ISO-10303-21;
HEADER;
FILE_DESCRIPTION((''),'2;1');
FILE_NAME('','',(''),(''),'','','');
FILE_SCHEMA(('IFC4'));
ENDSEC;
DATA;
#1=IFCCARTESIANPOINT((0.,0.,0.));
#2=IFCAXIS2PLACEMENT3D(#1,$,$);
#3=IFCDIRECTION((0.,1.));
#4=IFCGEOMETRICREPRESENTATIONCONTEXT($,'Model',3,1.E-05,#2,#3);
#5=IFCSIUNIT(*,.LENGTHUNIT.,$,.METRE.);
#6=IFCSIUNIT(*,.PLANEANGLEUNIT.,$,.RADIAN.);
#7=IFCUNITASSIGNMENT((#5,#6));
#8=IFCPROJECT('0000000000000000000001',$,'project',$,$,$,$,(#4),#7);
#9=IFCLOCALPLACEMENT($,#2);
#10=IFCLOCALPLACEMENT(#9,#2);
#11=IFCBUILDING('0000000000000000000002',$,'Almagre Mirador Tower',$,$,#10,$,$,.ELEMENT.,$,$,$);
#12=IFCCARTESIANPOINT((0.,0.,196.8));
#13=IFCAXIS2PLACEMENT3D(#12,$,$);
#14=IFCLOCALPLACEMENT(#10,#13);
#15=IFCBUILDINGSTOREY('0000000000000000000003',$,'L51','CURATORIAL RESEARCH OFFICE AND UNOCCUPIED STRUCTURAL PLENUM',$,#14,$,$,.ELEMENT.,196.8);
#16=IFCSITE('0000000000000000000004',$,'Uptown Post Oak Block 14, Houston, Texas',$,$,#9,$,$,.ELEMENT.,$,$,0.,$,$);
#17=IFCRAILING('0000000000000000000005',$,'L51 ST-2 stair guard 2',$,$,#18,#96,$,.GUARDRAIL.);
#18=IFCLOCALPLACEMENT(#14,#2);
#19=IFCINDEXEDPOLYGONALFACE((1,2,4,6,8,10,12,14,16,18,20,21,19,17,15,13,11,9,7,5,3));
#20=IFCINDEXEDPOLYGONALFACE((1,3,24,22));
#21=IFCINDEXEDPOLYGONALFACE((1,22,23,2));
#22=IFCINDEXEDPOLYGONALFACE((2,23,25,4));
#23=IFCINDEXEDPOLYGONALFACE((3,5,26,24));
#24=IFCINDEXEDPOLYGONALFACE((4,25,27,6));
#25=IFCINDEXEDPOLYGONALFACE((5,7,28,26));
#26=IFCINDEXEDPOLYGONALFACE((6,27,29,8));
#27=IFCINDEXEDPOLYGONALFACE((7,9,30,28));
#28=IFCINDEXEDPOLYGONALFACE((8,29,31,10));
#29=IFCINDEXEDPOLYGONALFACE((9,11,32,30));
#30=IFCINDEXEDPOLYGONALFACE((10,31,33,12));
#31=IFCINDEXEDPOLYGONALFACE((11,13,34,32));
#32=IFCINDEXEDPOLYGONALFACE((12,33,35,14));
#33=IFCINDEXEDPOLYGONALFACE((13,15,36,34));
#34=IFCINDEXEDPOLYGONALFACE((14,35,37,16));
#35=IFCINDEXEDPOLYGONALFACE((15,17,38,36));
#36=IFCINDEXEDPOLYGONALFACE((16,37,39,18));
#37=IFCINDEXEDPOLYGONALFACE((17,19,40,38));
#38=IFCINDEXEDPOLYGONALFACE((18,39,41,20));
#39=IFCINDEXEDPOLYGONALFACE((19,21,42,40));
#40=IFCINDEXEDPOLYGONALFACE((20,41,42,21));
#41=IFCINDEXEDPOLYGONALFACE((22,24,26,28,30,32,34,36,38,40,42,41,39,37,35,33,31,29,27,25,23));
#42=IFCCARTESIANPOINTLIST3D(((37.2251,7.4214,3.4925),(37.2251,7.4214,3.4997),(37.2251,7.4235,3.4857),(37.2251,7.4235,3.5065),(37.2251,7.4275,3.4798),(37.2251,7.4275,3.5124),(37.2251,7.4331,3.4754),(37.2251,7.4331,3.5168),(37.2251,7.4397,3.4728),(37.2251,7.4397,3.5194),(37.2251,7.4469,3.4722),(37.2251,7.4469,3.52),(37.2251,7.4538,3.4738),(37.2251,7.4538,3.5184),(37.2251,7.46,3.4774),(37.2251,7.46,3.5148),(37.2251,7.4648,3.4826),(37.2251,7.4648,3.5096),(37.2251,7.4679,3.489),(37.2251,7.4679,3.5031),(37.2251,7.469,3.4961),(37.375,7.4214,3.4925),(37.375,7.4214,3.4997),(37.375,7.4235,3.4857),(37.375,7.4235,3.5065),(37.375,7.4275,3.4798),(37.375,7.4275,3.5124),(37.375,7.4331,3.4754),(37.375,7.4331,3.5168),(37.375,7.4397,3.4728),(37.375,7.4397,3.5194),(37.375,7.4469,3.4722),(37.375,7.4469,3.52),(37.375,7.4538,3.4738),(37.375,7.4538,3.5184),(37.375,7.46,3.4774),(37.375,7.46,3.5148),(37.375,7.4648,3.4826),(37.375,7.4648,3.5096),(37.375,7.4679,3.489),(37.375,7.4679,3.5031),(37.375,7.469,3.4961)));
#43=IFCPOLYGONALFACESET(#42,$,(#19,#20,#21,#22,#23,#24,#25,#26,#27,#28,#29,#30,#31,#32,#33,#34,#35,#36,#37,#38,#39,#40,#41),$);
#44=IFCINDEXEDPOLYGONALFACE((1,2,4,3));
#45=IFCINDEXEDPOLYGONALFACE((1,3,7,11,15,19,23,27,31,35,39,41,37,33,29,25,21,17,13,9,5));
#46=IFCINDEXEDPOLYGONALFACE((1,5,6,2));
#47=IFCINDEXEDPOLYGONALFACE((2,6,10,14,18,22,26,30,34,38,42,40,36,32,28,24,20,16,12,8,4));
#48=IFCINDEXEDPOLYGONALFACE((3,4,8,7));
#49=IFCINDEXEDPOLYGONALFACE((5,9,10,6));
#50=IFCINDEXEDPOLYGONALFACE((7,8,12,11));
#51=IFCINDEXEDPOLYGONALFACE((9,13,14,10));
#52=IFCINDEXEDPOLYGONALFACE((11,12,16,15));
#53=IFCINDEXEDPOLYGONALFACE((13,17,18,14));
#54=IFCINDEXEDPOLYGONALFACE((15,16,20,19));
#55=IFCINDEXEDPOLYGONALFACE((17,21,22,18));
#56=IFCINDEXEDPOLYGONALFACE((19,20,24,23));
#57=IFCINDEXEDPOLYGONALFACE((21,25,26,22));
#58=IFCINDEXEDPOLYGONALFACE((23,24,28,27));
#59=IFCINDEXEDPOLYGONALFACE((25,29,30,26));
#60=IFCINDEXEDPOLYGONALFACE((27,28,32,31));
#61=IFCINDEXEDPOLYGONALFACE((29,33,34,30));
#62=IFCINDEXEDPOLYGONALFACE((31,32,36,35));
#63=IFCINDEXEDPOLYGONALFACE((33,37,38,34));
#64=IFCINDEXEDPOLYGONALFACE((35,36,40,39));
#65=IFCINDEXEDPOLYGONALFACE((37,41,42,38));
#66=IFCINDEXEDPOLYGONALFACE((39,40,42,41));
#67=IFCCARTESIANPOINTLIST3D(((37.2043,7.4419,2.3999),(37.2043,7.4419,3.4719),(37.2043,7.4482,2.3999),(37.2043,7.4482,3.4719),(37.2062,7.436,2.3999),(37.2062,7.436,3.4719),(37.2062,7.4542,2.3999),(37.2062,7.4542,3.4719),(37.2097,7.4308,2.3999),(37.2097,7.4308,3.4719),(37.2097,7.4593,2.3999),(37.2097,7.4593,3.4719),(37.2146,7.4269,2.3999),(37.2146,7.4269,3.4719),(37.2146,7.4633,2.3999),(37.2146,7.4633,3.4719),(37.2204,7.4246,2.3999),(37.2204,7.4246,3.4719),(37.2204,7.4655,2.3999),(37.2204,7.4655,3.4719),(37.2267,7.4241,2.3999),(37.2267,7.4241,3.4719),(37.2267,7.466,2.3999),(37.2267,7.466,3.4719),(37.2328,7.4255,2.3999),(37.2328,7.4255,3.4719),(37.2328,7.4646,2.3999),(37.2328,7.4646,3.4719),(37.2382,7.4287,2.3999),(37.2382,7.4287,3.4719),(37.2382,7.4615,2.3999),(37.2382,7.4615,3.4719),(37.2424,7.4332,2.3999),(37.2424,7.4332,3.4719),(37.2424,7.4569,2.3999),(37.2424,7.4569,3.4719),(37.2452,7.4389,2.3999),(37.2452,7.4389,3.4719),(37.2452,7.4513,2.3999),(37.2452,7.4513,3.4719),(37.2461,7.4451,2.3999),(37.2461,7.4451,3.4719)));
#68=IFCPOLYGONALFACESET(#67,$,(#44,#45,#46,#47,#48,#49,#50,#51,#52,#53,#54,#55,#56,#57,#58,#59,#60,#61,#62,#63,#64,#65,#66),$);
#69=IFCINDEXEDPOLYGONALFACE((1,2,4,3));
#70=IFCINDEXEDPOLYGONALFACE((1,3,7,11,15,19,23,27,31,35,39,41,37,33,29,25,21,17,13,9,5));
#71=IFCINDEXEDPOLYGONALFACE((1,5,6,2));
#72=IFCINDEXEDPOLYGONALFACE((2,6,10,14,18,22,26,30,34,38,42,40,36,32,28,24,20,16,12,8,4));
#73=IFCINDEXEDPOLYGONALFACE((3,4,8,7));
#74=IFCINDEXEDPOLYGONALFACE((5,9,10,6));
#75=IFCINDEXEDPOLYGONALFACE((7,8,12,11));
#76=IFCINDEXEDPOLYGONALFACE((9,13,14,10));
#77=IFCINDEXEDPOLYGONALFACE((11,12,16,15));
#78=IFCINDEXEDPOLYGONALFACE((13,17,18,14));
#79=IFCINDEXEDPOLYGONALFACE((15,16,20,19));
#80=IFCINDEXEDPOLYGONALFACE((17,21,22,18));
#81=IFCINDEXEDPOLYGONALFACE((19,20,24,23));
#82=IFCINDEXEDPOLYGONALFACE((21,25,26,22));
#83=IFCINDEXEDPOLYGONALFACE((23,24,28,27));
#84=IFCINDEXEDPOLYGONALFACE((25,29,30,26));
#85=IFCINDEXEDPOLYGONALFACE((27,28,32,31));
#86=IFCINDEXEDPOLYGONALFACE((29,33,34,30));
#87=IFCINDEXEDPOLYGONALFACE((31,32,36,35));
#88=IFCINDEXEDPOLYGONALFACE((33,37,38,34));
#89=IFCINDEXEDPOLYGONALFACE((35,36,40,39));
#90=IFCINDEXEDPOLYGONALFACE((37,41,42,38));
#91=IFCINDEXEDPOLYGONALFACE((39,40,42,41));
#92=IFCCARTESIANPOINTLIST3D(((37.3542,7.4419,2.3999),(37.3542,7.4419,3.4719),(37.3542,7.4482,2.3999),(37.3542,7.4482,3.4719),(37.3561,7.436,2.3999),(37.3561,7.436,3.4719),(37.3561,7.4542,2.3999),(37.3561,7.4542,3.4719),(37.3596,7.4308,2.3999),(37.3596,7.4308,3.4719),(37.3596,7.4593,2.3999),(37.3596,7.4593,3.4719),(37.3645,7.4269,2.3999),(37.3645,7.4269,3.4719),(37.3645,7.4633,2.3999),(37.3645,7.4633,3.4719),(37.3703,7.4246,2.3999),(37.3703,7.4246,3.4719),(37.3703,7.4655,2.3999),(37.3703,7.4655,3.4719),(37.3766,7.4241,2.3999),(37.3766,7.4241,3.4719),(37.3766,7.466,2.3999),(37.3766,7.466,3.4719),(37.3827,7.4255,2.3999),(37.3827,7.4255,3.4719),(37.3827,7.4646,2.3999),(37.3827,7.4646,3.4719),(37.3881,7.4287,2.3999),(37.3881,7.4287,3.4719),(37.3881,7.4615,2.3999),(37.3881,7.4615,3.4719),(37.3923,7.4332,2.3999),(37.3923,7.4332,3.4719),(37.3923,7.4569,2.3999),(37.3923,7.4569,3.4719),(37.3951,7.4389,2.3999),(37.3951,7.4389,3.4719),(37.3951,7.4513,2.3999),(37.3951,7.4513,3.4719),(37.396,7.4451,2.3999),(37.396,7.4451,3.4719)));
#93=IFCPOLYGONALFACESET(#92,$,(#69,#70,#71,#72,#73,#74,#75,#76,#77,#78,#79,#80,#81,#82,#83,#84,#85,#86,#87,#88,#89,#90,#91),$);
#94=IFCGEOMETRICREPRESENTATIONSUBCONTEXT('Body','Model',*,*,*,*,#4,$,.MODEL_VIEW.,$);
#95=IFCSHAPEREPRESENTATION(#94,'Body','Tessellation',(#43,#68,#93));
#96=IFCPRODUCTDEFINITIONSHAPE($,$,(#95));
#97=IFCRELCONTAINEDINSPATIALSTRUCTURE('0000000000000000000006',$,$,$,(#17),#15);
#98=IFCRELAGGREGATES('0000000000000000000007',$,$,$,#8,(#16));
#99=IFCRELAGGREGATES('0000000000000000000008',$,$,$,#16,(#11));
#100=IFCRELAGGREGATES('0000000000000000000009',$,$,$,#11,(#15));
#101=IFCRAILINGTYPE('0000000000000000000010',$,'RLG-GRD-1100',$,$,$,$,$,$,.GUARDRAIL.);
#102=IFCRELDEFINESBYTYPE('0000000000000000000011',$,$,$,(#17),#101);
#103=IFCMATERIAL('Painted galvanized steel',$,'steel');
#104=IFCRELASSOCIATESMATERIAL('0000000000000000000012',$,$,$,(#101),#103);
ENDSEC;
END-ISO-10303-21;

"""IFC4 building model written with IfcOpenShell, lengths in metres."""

from ifc_helpers import new_model, si_unit, direction, frame, origin, origin_2d, place, context, subcontext, project, spatial, circle, extrude, material, type_object, element, save


model = new_model("IFC4")

# Units and contexts
model_context = context("Model", 3, precision=1e-05, world=origin(), true_north=direction((0.0, 1.0)))
body_context = subcontext(model_context, "Body", "Model", "MODEL_VIEW")
ifc_project = project(units=[si_unit("LENGTHUNIT", "METRE"), si_unit("PLANEANGLEUNIT", "RADIAN")], contexts=[model_context])

# Site, building, storey
site_placement = place(None, origin())
site = spatial("IfcSite", under=ifc_project, at=site_placement, Name="Uptown Post Oak Block 14, Houston, Texas", CompositionType="ELEMENT", RefElevation=0.0)
building_placement = place(site_placement, origin())
building = spatial("IfcBuilding", under=site, at=building_placement, Name="Almagre Mirador Tower", CompositionType="ELEMENT")
storey_placement = place(building_placement, frame((0.0, 0.0, 196.8)))
storey = spatial("IfcBuildingStorey", under=building, at=storey_placement, Name="L51", Description="CURATORIAL RESEARCH OFFICE AND UNOCCUPIED STRUCTURAL PLENUM", CompositionType="ELEMENT", Elevation=196.8)

# Railing
ifc_material_1 = material(Name="Painted galvanized steel", Category="steel")
railing_type_1 = type_object("IfcRailingType", Name="RLG-GRD-1100", PredefinedType="GUARDRAIL", material=ifc_material_1)
railing_1_placement = place(storey_placement, frame((37.2251, 7.4451, 2.3999)))
element("IfcRailing", 1, at=railing_1_placement, inside=storey, type_object=railing_type_1, Name="L51 ST-2 stair guard 2", PredefinedType="GUARDRAIL", context=body_context, shape_type="SweptSolid", body=[
    extrude(circle(Radius=0.0239, at=origin_2d()), frame((0.0, 0.0, 1.0962), z_axis=(1.0, 0.0, 0.0), x_axis=(0.0, 1.0, 0.0)), (0.0, 0.0, 1.0), 0.1499),
    extrude(circle(Radius=0.021, at=origin_2d()), origin(), (0.0, 0.0, 1.0), 1.072),
    extrude(circle(Radius=0.021, at=origin_2d()), frame((0.1499, 0.0, 0.0)), (0.0, 0.0, 1.0), 1.072),
])

save(model, "model.ifc")
